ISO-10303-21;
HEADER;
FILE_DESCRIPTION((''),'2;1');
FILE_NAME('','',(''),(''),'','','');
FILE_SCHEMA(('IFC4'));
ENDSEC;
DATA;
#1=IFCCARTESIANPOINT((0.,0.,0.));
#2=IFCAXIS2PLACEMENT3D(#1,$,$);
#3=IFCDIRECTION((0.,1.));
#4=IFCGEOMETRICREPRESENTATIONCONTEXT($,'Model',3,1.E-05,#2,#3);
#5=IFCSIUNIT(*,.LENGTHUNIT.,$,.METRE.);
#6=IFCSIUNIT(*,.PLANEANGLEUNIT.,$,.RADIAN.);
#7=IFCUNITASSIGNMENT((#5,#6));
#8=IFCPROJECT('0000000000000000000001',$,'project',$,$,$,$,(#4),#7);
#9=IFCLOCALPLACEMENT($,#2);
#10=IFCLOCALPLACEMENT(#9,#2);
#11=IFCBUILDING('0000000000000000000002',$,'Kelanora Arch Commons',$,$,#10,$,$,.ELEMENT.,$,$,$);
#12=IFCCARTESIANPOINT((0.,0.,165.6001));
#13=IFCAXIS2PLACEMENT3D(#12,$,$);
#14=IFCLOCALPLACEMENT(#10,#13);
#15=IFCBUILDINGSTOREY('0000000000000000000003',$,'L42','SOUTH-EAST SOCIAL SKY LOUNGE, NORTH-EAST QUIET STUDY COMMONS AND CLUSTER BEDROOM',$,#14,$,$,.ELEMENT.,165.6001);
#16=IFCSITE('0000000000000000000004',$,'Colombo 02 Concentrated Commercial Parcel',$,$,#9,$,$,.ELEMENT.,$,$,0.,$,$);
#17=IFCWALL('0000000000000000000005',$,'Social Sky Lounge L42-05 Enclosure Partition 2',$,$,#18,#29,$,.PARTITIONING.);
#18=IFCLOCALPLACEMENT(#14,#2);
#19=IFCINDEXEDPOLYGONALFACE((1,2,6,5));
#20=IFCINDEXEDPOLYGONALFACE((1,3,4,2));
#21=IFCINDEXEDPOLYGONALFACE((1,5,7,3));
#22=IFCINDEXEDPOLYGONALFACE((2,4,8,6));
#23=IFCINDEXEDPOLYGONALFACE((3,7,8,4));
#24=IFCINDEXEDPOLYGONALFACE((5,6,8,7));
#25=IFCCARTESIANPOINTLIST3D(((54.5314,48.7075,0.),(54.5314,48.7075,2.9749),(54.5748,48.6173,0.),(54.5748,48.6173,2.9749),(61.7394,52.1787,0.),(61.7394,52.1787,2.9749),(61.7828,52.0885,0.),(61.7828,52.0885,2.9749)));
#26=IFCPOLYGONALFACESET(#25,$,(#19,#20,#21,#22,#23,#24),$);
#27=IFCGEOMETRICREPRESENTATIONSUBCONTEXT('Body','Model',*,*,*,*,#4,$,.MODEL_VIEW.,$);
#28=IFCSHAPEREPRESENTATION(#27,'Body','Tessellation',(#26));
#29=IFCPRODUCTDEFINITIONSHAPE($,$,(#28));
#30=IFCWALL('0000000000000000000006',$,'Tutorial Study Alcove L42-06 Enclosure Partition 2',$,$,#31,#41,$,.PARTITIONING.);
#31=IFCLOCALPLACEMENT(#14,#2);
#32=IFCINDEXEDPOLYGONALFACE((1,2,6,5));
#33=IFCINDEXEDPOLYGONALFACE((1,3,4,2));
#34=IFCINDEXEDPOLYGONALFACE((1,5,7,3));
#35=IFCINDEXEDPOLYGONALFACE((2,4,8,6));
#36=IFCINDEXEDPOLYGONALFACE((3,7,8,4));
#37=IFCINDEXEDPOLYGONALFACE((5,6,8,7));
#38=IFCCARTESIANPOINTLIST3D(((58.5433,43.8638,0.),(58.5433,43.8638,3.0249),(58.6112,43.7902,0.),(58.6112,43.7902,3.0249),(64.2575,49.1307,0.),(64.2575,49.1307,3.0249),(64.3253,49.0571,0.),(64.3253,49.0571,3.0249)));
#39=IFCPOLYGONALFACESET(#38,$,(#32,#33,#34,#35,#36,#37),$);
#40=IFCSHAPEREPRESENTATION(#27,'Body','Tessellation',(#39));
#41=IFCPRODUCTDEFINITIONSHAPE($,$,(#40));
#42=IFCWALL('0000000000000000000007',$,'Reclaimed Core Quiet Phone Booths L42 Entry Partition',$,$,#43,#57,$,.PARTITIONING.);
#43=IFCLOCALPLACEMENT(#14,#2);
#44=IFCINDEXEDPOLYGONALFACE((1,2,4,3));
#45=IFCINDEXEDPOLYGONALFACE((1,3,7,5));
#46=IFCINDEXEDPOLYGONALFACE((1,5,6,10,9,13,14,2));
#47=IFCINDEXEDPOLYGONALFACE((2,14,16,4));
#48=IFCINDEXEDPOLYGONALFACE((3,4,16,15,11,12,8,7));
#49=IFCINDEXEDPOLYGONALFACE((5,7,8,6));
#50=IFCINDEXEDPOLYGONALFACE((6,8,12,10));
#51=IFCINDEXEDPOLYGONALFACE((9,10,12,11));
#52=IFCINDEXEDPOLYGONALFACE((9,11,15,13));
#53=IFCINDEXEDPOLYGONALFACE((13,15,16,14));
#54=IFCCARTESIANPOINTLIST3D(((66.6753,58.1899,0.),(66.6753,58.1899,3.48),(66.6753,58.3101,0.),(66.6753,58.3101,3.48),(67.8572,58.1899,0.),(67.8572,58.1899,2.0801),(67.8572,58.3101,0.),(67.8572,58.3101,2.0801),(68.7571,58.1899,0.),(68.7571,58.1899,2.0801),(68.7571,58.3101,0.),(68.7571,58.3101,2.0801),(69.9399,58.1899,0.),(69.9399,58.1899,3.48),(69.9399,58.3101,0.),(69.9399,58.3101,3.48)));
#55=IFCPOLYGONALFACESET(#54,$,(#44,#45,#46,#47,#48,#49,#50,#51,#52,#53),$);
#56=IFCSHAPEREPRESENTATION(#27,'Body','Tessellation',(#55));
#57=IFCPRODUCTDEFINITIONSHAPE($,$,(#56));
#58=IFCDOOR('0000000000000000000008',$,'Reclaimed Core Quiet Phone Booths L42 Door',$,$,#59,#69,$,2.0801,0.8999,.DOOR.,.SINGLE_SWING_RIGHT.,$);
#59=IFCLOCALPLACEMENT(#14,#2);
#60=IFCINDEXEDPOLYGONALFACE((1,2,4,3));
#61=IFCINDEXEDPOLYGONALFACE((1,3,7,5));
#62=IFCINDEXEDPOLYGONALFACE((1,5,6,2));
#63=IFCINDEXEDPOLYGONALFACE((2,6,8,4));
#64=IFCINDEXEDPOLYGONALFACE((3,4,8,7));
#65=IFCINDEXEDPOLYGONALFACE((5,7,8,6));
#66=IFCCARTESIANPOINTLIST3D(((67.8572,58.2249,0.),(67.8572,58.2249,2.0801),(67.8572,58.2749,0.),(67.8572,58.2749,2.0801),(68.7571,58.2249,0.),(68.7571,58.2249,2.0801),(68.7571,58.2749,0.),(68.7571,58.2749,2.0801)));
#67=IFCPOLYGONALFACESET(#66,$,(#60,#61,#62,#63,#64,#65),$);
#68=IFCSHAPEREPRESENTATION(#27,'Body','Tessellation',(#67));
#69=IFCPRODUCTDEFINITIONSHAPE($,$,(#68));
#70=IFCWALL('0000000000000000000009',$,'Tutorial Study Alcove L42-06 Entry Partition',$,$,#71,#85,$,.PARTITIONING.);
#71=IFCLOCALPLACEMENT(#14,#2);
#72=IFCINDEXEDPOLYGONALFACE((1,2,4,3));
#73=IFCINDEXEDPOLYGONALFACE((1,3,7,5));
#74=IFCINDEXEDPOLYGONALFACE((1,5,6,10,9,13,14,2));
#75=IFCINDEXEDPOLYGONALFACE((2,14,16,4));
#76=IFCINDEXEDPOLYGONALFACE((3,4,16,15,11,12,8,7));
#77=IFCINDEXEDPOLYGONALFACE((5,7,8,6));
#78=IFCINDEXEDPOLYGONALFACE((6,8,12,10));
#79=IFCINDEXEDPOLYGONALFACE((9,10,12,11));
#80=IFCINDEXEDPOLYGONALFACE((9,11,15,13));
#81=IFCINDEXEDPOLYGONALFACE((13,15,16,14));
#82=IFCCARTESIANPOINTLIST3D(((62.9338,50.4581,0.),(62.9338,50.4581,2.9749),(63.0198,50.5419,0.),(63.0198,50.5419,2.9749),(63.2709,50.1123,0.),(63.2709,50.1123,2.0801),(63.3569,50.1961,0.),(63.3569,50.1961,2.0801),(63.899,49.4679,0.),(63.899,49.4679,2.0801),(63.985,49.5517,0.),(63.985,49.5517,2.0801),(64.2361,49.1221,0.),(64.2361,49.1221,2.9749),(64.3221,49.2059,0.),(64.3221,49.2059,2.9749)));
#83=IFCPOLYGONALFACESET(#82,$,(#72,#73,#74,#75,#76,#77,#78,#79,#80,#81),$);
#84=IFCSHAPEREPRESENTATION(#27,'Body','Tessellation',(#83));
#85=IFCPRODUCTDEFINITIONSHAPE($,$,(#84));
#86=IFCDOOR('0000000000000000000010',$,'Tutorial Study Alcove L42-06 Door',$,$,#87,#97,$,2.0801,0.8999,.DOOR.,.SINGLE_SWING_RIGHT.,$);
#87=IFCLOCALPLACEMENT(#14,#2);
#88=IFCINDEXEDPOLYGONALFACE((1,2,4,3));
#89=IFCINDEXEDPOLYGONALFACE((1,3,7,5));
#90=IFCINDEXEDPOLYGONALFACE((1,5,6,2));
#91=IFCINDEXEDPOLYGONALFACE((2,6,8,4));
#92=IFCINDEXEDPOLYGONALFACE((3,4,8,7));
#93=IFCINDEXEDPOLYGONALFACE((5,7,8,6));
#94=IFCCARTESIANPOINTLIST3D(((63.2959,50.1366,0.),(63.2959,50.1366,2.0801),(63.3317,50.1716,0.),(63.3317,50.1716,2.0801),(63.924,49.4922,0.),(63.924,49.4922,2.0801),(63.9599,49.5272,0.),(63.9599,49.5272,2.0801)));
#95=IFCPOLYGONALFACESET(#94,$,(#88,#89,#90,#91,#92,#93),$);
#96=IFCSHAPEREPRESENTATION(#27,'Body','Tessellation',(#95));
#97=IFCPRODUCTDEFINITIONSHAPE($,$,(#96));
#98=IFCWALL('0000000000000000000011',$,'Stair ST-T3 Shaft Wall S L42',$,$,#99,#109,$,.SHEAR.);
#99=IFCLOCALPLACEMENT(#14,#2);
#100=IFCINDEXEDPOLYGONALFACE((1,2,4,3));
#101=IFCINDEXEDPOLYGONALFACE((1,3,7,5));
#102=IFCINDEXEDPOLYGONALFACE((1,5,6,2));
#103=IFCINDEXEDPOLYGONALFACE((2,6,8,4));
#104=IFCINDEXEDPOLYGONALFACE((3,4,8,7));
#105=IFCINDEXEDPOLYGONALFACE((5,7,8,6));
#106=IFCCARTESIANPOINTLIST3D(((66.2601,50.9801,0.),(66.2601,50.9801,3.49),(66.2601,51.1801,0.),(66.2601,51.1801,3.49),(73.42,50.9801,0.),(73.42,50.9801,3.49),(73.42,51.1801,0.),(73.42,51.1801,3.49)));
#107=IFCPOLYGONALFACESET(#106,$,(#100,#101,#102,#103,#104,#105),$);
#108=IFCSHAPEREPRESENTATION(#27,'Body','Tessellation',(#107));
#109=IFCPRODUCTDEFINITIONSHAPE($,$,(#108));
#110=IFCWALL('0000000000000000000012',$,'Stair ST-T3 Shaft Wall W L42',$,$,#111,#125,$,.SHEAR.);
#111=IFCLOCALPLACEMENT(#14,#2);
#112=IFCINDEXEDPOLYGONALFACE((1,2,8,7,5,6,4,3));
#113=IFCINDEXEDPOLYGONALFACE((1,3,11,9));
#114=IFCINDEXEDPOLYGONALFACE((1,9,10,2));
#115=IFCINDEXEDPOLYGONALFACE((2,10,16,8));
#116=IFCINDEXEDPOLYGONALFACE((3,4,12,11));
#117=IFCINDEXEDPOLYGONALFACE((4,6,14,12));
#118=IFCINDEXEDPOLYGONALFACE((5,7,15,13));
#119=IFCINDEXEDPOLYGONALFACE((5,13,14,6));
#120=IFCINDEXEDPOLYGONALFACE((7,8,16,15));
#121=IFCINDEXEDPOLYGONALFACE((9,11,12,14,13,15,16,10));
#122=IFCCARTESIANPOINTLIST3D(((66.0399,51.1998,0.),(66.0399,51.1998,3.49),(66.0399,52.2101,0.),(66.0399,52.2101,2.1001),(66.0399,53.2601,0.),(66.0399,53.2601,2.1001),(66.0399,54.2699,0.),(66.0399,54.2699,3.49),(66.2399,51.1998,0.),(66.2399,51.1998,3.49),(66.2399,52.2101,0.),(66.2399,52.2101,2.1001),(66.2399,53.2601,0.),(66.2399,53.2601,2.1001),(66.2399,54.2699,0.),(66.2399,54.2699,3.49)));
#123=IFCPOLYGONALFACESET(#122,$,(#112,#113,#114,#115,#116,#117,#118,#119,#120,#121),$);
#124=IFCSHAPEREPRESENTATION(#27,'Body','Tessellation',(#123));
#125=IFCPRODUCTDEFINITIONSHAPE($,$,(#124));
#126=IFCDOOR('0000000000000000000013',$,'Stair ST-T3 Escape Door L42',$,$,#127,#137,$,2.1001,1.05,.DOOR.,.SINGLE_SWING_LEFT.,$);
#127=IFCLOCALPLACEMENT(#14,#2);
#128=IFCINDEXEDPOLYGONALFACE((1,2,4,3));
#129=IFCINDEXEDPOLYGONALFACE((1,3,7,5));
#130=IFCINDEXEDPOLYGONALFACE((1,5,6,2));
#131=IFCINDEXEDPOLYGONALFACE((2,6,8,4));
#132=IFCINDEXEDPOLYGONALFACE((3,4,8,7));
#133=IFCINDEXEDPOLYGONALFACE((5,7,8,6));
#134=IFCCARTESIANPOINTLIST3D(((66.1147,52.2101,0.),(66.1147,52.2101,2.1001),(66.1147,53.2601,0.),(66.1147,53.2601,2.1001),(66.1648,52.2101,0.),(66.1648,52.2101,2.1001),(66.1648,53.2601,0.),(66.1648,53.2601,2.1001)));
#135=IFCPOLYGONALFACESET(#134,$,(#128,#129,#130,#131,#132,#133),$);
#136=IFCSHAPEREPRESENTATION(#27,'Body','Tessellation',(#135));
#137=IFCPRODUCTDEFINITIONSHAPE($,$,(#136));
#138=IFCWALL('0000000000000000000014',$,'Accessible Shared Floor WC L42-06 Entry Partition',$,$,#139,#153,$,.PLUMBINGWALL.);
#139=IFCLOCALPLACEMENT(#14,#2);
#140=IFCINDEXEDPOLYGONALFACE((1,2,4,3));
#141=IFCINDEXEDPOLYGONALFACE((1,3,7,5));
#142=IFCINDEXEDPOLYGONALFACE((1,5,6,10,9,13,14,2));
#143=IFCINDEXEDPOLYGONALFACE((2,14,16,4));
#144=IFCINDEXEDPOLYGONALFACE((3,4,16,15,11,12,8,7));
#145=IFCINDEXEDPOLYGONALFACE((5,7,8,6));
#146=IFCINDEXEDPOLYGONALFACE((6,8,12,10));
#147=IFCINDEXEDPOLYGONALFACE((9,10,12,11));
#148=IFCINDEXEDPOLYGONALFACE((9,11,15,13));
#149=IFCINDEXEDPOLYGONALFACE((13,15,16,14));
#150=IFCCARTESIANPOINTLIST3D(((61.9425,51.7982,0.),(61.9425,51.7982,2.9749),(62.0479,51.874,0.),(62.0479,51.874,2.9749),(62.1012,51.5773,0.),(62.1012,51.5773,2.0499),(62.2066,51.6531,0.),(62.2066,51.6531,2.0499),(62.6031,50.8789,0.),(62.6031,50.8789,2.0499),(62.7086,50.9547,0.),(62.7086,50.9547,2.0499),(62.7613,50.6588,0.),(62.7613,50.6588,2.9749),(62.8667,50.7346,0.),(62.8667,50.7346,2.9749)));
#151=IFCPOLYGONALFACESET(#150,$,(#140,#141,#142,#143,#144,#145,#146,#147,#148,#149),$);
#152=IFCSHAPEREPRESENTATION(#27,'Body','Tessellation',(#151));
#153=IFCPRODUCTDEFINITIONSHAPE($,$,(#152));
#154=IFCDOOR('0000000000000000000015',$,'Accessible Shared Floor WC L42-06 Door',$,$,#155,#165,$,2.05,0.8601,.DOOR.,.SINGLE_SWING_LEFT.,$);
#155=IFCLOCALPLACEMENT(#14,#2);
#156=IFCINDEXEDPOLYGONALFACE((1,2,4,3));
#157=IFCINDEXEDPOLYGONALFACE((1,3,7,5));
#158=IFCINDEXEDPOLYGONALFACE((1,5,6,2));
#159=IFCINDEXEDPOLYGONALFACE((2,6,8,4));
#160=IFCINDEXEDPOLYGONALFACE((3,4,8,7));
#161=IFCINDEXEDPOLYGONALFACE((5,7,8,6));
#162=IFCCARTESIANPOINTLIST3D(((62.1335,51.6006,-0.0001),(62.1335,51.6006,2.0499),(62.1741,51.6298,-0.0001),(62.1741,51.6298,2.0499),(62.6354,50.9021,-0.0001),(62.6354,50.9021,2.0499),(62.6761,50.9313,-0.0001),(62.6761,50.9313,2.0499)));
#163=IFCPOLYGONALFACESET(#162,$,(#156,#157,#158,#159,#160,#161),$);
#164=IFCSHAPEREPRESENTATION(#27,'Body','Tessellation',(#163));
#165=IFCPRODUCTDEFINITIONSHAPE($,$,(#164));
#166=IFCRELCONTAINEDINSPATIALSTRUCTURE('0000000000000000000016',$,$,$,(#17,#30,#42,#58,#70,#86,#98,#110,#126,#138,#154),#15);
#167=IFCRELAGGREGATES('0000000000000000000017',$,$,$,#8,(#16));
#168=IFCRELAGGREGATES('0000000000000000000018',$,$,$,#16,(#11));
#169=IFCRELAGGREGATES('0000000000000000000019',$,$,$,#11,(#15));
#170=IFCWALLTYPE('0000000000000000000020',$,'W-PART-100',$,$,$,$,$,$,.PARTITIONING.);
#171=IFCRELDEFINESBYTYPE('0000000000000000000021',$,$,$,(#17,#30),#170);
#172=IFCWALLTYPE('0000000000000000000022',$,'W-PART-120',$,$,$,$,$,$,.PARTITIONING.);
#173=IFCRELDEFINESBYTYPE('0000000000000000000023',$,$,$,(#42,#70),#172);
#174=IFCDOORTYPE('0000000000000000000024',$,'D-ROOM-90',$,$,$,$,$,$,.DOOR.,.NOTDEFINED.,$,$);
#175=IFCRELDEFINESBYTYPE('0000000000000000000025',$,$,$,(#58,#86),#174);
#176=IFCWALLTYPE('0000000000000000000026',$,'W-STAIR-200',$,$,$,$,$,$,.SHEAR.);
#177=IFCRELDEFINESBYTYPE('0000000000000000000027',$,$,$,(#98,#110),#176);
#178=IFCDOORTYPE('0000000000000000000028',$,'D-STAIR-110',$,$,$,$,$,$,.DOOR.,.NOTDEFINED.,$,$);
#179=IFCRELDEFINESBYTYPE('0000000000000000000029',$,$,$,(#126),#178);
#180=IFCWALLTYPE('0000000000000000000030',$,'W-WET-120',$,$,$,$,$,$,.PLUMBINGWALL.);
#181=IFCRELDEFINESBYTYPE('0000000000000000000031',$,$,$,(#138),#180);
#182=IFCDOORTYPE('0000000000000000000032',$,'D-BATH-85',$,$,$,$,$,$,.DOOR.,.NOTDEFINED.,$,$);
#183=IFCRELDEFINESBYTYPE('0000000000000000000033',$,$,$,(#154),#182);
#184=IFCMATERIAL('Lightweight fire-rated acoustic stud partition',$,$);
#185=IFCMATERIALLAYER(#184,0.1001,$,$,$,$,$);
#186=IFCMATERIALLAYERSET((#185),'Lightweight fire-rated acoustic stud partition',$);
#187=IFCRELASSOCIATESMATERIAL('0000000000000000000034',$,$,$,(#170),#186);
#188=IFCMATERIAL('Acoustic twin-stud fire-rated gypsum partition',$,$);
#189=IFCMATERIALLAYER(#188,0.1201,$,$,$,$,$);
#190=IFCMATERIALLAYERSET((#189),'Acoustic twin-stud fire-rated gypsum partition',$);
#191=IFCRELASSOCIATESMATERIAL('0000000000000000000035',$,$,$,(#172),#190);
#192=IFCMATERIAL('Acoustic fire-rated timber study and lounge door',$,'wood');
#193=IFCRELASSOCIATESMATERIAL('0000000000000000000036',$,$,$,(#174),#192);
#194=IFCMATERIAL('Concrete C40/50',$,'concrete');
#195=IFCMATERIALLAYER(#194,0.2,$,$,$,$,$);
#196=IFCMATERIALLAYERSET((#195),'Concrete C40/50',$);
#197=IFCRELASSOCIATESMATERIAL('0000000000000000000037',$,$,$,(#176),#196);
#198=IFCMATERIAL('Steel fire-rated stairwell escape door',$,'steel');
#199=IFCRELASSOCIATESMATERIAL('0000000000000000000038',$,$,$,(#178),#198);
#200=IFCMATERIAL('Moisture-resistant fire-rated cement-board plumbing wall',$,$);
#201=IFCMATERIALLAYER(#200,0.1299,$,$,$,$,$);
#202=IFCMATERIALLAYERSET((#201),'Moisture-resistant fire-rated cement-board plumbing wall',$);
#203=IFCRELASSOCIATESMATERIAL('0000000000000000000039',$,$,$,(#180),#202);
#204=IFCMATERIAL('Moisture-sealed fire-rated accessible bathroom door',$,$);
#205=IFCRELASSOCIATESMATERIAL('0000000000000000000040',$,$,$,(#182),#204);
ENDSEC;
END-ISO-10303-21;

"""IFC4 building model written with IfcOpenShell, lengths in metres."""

from ifc_helpers import new_model, si_unit, direction, frame, frame_2d, origin, place, context, subcontext, project, spatial, rectangle, extrude, material, layer, layer_set, type_object, element, fill, save


model = new_model("IFC4")

# Units and contexts
model_context = context("Model", 3, precision=1e-05, world=origin(), true_north=direction((0.0, 1.0)))
body_context = subcontext(model_context, "Body", "Model", "MODEL_VIEW")
ifc_project = project(units=[si_unit("LENGTHUNIT", "METRE"), si_unit("PLANEANGLEUNIT", "RADIAN")], contexts=[model_context])

# Site, building, storey
site_placement = place(None, origin())
site = spatial("IfcSite", under=ifc_project, at=site_placement, Name="Colombo 02 Concentrated Commercial Parcel", CompositionType="ELEMENT", RefElevation=0.0)
building_placement = place(site_placement, origin())
building = spatial("IfcBuilding", under=site, at=building_placement, Name="Kelanora Arch Commons", CompositionType="ELEMENT")
storey_placement = place(building_placement, frame((0.0, 0.0, 165.6001)))
storey = spatial("IfcBuildingStorey", under=building, at=storey_placement, Name="L42", Description="SOUTH-EAST SOCIAL SKY LOUNGE, NORTH-EAST QUIET STUDY COMMONS AND CLUSTER BEDROOM", CompositionType="ELEMENT", Elevation=165.6001)

# Shared definitions
ifc_material_1 = material(Name="Concrete C40/50", Category="concrete")

# Walls
ifc_material_2 = material(Name="Lightweight fire-rated acoustic stud partition")
ifc_layer_1 = layer(ifc_material_2, 0.1001)
ifc_layer_set_1 = layer_set([ifc_layer_1], Name="Lightweight fire-rated acoustic stud partition")
wall_type_1 = type_object("IfcWallType", Name="W-PART-100", PredefinedType="PARTITIONING", material=ifc_layer_set_1)
wall_1_placement = place(storey_placement, frame((61.761, 52.1335, 0.0), z_axis=(0.0, 0.0, 1.0), x_axis=(-0.900969, -0.433884, 0.0)))
element("IfcWall", 1, at=wall_1_placement, inside=storey, type_object=wall_type_1, Name="Social Sky Lounge L42-05 Enclosure Partition 2", PredefinedType="PARTITIONING", context=body_context, shape_type="SweptSolid", body=[
    extrude(rectangle(XDim=8.0002, YDim=0.1001, at=frame_2d((4.0, 0.0))), origin(), (0.0, 0.0, 1.0), 2.9749),
])
wall_2_placement = place(storey_placement, frame((64.2915, 49.094, 0.0), z_axis=(0.0, 0.0, 1.0), x_axis=(-0.735298, -0.677744, 0.0)))
element("IfcWall", 2, at=wall_2_placement, inside=storey, type_object=wall_type_1, Name="Tutorial Study Alcove L42-06 Enclosure Partition 2", PredefinedType="PARTITIONING", context=body_context, shape_type="SweptSolid", body=[
    extrude(rectangle(XDim=7.7712, YDim=0.1001, at=frame_2d((3.8857, 0.0))), origin(), (0.0, 0.0, 1.0), 3.0249),
])

# Walls, openings, doors
ifc_material_3 = material(Name="Acoustic twin-stud fire-rated gypsum partition")
ifc_layer_2 = layer(ifc_material_3, 0.1201)
ifc_layer_set_2 = layer_set([ifc_layer_2], Name="Acoustic twin-stud fire-rated gypsum partition")
wall_type_2 = type_object("IfcWallType", Name="W-PART-120", PredefinedType="PARTITIONING", material=ifc_layer_set_2)
wall_3_placement = place(storey_placement, frame((66.6753, 58.25, 0.0), z_axis=(0.0, 0.0, 1.0), x_axis=(1.0, 0.0, 0.0)))
wall_3 = element("IfcWall", 3, at=wall_3_placement, inside=storey, type_object=wall_type_2, Name="Reclaimed Core Quiet Phone Booths L42 Entry Partition", PredefinedType="PARTITIONING", context=body_context, shape_type="SweptSolid", body=[
    extrude(rectangle(XDim=3.2646, YDim=0.1201, at=frame_2d((1.6323, 0.0))), origin(), (0.0, 0.0, 1.0), 3.48),
])
opening_1_placement = place(wall_3_placement, frame((1.1819, 0.0, 0.0)))
opening_1 = element("IfcOpeningElement", 4, at=opening_1_placement, cuts=wall_3, PredefinedType="OPENING", context=body_context, shape_type="SweptSolid", body=[
    extrude(rectangle(XDim=0.8999, YDim=2.0801, at=frame_2d((0.45, 1.04))), frame((0.0, 0.0701, 0.0), z_axis=(0.0, -1.0, 0.0), x_axis=(1.0, 0.0, 0.0)), (0.0, 0.0, 1.0), 0.1401),
])
ifc_material_4 = material(Name="Acoustic fire-rated timber study and lounge door", Category="wood")
door_type_1 = type_object("IfcDoorType", Name="D-ROOM-90", OperationType="NOTDEFINED", PredefinedType="DOOR", material=ifc_material_4)
door_1_placement = place(opening_1_placement, origin())
door_1 = element("IfcDoor", 5, at=door_1_placement, inside=storey, type_object=door_type_1, Name="Reclaimed Core Quiet Phone Booths L42 Door", OperationType="SINGLE_SWING_RIGHT", OverallHeight=2.0801, OverallWidth=0.8999, PredefinedType="DOOR", context=body_context, shape_type="SweptSolid", body=[
    extrude(rectangle(XDim=0.8999, YDim=2.0801, at=frame_2d((0.45, 1.04))), frame((0.0, 0.0249, 0.0), z_axis=(0.0, -1.0, 0.0), x_axis=(1.0, 0.0, 0.0)), (0.0, 0.0, 1.0), 0.05),
])
fill(opening_1, door_1)
wall_4_placement = place(storey_placement, frame((62.9768, 50.5, 0.0), z_axis=(0.0, 0.0, 1.0), x_axis=(0.69802, -0.716079, 0.0)))
wall_4 = element("IfcWall", 6, at=wall_4_placement, inside=storey, type_object=wall_type_2, Name="Tutorial Study Alcove L42-06 Entry Partition", PredefinedType="PARTITIONING", context=body_context, shape_type="SweptSolid", body=[
    extrude(rectangle(XDim=1.8657, YDim=0.1201, at=frame_2d((0.9329, 0.0))), origin(), (0.0, 0.0, 1.0), 2.9749),
])
opening_2_placement = place(wall_4_placement, frame((0.4829, 0.0, 0.0)))
opening_2 = element("IfcOpeningElement", 7, at=opening_2_placement, cuts=wall_4, PredefinedType="OPENING", context=body_context, shape_type="SweptSolid", body=[
    extrude(rectangle(XDim=0.8999, YDim=2.0801, at=frame_2d((0.45, 1.04))), frame((0.0, 0.0701, 0.0), z_axis=(0.0, -1.0, 0.0), x_axis=(1.0, 0.0, 0.0)), (0.0, 0.0, 1.0), 0.1401),
])
door_2_placement = place(opening_2_placement, origin())
door_2 = element("IfcDoor", 8, at=door_2_placement, inside=storey, type_object=door_type_1, Name="Tutorial Study Alcove L42-06 Door", OperationType="SINGLE_SWING_RIGHT", OverallHeight=2.0801, OverallWidth=0.8999, PredefinedType="DOOR", context=body_context, shape_type="SweptSolid", body=[
    extrude(rectangle(XDim=0.8999, YDim=2.0801, at=frame_2d((0.45, 1.04))), frame((0.0, 0.0249, 0.0), z_axis=(0.0, -1.0, 0.0), x_axis=(1.0, 0.0, 0.0)), (0.0, 0.0, 1.0), 0.05),
])
fill(opening_2, door_2)

# Wall
ifc_layer_3 = layer(ifc_material_1, 0.2)
ifc_layer_set_3 = layer_set([ifc_layer_3], Name="Concrete C40/50")
wall_type_3 = type_object("IfcWallType", Name="W-STAIR-200", PredefinedType="SHEAR", material=ifc_layer_set_3)
wall_5_placement = place(storey_placement, frame((66.26, 51.0801, 0.0), z_axis=(0.0, 0.0, 1.0), x_axis=(1.0, 0.0, 0.0)))
element("IfcWall", 9, at=wall_5_placement, inside=storey, type_object=wall_type_3, Name="Stair ST-T3 Shaft Wall S L42", PredefinedType="SHEAR", context=body_context, shape_type="SweptSolid", body=[
    extrude(rectangle(XDim=7.1599, YDim=0.2, at=frame_2d((3.5801, 0.0))), origin(), (0.0, 0.0, 1.0), 3.49),
])

# Walls, openings, doors
wall_6_placement = place(storey_placement, frame((66.1399, 54.27, 0.0), z_axis=(0.0, 0.0, 1.0), x_axis=(0.0, -1.0, 0.0)))
wall_6 = element("IfcWall", 10, at=wall_6_placement, inside=storey, type_object=wall_type_3, Name="Stair ST-T3 Shaft Wall W L42", PredefinedType="SHEAR", context=body_context, shape_type="SweptSolid", body=[
    extrude(rectangle(XDim=3.0701, YDim=0.2, at=frame_2d((1.5352, 0.0))), origin(), (0.0, 0.0, 1.0), 3.49),
])
opening_3_placement = place(wall_6_placement, frame((1.01, 0.0, 0.0)))
opening_3 = element("IfcOpeningElement", 11, at=opening_3_placement, cuts=wall_6, PredefinedType="OPENING", context=body_context, shape_type="SweptSolid", body=[
    extrude(rectangle(XDim=1.05, YDim=2.1001, at=frame_2d((0.5249, 1.05))), frame((0.0, 0.1099, 0.0), z_axis=(0.0, -1.0, 0.0), x_axis=(1.0, 0.0, 0.0)), (0.0, 0.0, 1.0), 0.22),
])
ifc_material_5 = material(Name="Steel fire-rated stairwell escape door", Category="steel")
door_type_2 = type_object("IfcDoorType", Name="D-STAIR-110", OperationType="NOTDEFINED", PredefinedType="DOOR", material=ifc_material_5)
door_3_placement = place(opening_3_placement, origin())
door_3 = element("IfcDoor", 12, at=door_3_placement, inside=storey, type_object=door_type_2, Name="Stair ST-T3 Escape Door L42", OperationType="SINGLE_SWING_LEFT", OverallHeight=2.1001, OverallWidth=1.05, PredefinedType="DOOR", context=body_context, shape_type="SweptSolid", body=[
    extrude(rectangle(XDim=1.05, YDim=2.1001, at=frame_2d((0.5249, 1.05))), frame((0.0, 0.0249, 0.0), z_axis=(0.0, -1.0, 0.0), x_axis=(1.0, 0.0, 0.0)), (0.0, 0.0, 1.0), 0.05),
])
fill(opening_3, door_3)
ifc_material_6 = material(Name="Moisture-resistant fire-rated cement-board plumbing wall")
ifc_layer_4 = layer(ifc_material_6, 0.1299)
ifc_layer_set_4 = layer_set([ifc_layer_4], Name="Moisture-resistant fire-rated cement-board plumbing wall")
wall_type_4 = type_object("IfcWallType", Name="W-WET-120", PredefinedType="PLUMBINGWALL", material=ifc_layer_set_4)
wall_7_placement = place(storey_placement, frame((61.9951, 51.8362, 0.0), z_axis=(0.0, 0.0, 1.0), x_axis=(0.583589, -0.812049, 0.0)))
wall_7 = element("IfcWall", 13, at=wall_7_placement, inside=storey, type_object=wall_type_4, Name="Accessible Shared Floor WC L42-06 Entry Partition", PredefinedType="PLUMBINGWALL", context=body_context, shape_type="SweptSolid", body=[
    extrude(rectangle(XDim=1.4031, YDim=0.1299, at=frame_2d((0.7017, 0.0))), origin(), (0.0, 0.0, 1.0), 2.9749),
])
opening_4_placement = place(wall_7_placement, frame((0.272, 0.0, 0.0)))
opening_4 = element("IfcOpeningElement", 14, at=opening_4_placement, cuts=wall_7, PredefinedType="OPENING", context=body_context, shape_type="SweptSolid", body=[
    extrude(rectangle(XDim=0.8601, YDim=2.05, at=frame_2d((0.4302, 1.0249))), frame((0.0, 0.075, 0.0), z_axis=(0.0, -1.0, 0.0), x_axis=(1.0, 0.0, 0.0)), (0.0, 0.0, 1.0), 0.1499),
])
ifc_material_7 = material(Name="Moisture-sealed fire-rated accessible bathroom door")
door_type_3 = type_object("IfcDoorType", Name="D-BATH-85", OperationType="NOTDEFINED", PredefinedType="DOOR", material=ifc_material_7)
door_4_placement = place(opening_4_placement, origin())
door_4 = element("IfcDoor", 15, at=door_4_placement, inside=storey, type_object=door_type_3, Name="Accessible Shared Floor WC L42-06 Door", OperationType="SINGLE_SWING_LEFT", OverallHeight=2.05, OverallWidth=0.8601, PredefinedType="DOOR", context=body_context, shape_type="SweptSolid", body=[
    extrude(rectangle(XDim=0.8601, YDim=2.05, at=frame_2d((0.4302, 1.0249))), frame((0.0, 0.0249, 0.0), z_axis=(0.0, -1.0, 0.0), x_axis=(1.0, 0.0, 0.0)), (0.0, 0.0, 1.0), 0.05),
])
fill(opening_4, door_4)

save(model, "model.ifc")
